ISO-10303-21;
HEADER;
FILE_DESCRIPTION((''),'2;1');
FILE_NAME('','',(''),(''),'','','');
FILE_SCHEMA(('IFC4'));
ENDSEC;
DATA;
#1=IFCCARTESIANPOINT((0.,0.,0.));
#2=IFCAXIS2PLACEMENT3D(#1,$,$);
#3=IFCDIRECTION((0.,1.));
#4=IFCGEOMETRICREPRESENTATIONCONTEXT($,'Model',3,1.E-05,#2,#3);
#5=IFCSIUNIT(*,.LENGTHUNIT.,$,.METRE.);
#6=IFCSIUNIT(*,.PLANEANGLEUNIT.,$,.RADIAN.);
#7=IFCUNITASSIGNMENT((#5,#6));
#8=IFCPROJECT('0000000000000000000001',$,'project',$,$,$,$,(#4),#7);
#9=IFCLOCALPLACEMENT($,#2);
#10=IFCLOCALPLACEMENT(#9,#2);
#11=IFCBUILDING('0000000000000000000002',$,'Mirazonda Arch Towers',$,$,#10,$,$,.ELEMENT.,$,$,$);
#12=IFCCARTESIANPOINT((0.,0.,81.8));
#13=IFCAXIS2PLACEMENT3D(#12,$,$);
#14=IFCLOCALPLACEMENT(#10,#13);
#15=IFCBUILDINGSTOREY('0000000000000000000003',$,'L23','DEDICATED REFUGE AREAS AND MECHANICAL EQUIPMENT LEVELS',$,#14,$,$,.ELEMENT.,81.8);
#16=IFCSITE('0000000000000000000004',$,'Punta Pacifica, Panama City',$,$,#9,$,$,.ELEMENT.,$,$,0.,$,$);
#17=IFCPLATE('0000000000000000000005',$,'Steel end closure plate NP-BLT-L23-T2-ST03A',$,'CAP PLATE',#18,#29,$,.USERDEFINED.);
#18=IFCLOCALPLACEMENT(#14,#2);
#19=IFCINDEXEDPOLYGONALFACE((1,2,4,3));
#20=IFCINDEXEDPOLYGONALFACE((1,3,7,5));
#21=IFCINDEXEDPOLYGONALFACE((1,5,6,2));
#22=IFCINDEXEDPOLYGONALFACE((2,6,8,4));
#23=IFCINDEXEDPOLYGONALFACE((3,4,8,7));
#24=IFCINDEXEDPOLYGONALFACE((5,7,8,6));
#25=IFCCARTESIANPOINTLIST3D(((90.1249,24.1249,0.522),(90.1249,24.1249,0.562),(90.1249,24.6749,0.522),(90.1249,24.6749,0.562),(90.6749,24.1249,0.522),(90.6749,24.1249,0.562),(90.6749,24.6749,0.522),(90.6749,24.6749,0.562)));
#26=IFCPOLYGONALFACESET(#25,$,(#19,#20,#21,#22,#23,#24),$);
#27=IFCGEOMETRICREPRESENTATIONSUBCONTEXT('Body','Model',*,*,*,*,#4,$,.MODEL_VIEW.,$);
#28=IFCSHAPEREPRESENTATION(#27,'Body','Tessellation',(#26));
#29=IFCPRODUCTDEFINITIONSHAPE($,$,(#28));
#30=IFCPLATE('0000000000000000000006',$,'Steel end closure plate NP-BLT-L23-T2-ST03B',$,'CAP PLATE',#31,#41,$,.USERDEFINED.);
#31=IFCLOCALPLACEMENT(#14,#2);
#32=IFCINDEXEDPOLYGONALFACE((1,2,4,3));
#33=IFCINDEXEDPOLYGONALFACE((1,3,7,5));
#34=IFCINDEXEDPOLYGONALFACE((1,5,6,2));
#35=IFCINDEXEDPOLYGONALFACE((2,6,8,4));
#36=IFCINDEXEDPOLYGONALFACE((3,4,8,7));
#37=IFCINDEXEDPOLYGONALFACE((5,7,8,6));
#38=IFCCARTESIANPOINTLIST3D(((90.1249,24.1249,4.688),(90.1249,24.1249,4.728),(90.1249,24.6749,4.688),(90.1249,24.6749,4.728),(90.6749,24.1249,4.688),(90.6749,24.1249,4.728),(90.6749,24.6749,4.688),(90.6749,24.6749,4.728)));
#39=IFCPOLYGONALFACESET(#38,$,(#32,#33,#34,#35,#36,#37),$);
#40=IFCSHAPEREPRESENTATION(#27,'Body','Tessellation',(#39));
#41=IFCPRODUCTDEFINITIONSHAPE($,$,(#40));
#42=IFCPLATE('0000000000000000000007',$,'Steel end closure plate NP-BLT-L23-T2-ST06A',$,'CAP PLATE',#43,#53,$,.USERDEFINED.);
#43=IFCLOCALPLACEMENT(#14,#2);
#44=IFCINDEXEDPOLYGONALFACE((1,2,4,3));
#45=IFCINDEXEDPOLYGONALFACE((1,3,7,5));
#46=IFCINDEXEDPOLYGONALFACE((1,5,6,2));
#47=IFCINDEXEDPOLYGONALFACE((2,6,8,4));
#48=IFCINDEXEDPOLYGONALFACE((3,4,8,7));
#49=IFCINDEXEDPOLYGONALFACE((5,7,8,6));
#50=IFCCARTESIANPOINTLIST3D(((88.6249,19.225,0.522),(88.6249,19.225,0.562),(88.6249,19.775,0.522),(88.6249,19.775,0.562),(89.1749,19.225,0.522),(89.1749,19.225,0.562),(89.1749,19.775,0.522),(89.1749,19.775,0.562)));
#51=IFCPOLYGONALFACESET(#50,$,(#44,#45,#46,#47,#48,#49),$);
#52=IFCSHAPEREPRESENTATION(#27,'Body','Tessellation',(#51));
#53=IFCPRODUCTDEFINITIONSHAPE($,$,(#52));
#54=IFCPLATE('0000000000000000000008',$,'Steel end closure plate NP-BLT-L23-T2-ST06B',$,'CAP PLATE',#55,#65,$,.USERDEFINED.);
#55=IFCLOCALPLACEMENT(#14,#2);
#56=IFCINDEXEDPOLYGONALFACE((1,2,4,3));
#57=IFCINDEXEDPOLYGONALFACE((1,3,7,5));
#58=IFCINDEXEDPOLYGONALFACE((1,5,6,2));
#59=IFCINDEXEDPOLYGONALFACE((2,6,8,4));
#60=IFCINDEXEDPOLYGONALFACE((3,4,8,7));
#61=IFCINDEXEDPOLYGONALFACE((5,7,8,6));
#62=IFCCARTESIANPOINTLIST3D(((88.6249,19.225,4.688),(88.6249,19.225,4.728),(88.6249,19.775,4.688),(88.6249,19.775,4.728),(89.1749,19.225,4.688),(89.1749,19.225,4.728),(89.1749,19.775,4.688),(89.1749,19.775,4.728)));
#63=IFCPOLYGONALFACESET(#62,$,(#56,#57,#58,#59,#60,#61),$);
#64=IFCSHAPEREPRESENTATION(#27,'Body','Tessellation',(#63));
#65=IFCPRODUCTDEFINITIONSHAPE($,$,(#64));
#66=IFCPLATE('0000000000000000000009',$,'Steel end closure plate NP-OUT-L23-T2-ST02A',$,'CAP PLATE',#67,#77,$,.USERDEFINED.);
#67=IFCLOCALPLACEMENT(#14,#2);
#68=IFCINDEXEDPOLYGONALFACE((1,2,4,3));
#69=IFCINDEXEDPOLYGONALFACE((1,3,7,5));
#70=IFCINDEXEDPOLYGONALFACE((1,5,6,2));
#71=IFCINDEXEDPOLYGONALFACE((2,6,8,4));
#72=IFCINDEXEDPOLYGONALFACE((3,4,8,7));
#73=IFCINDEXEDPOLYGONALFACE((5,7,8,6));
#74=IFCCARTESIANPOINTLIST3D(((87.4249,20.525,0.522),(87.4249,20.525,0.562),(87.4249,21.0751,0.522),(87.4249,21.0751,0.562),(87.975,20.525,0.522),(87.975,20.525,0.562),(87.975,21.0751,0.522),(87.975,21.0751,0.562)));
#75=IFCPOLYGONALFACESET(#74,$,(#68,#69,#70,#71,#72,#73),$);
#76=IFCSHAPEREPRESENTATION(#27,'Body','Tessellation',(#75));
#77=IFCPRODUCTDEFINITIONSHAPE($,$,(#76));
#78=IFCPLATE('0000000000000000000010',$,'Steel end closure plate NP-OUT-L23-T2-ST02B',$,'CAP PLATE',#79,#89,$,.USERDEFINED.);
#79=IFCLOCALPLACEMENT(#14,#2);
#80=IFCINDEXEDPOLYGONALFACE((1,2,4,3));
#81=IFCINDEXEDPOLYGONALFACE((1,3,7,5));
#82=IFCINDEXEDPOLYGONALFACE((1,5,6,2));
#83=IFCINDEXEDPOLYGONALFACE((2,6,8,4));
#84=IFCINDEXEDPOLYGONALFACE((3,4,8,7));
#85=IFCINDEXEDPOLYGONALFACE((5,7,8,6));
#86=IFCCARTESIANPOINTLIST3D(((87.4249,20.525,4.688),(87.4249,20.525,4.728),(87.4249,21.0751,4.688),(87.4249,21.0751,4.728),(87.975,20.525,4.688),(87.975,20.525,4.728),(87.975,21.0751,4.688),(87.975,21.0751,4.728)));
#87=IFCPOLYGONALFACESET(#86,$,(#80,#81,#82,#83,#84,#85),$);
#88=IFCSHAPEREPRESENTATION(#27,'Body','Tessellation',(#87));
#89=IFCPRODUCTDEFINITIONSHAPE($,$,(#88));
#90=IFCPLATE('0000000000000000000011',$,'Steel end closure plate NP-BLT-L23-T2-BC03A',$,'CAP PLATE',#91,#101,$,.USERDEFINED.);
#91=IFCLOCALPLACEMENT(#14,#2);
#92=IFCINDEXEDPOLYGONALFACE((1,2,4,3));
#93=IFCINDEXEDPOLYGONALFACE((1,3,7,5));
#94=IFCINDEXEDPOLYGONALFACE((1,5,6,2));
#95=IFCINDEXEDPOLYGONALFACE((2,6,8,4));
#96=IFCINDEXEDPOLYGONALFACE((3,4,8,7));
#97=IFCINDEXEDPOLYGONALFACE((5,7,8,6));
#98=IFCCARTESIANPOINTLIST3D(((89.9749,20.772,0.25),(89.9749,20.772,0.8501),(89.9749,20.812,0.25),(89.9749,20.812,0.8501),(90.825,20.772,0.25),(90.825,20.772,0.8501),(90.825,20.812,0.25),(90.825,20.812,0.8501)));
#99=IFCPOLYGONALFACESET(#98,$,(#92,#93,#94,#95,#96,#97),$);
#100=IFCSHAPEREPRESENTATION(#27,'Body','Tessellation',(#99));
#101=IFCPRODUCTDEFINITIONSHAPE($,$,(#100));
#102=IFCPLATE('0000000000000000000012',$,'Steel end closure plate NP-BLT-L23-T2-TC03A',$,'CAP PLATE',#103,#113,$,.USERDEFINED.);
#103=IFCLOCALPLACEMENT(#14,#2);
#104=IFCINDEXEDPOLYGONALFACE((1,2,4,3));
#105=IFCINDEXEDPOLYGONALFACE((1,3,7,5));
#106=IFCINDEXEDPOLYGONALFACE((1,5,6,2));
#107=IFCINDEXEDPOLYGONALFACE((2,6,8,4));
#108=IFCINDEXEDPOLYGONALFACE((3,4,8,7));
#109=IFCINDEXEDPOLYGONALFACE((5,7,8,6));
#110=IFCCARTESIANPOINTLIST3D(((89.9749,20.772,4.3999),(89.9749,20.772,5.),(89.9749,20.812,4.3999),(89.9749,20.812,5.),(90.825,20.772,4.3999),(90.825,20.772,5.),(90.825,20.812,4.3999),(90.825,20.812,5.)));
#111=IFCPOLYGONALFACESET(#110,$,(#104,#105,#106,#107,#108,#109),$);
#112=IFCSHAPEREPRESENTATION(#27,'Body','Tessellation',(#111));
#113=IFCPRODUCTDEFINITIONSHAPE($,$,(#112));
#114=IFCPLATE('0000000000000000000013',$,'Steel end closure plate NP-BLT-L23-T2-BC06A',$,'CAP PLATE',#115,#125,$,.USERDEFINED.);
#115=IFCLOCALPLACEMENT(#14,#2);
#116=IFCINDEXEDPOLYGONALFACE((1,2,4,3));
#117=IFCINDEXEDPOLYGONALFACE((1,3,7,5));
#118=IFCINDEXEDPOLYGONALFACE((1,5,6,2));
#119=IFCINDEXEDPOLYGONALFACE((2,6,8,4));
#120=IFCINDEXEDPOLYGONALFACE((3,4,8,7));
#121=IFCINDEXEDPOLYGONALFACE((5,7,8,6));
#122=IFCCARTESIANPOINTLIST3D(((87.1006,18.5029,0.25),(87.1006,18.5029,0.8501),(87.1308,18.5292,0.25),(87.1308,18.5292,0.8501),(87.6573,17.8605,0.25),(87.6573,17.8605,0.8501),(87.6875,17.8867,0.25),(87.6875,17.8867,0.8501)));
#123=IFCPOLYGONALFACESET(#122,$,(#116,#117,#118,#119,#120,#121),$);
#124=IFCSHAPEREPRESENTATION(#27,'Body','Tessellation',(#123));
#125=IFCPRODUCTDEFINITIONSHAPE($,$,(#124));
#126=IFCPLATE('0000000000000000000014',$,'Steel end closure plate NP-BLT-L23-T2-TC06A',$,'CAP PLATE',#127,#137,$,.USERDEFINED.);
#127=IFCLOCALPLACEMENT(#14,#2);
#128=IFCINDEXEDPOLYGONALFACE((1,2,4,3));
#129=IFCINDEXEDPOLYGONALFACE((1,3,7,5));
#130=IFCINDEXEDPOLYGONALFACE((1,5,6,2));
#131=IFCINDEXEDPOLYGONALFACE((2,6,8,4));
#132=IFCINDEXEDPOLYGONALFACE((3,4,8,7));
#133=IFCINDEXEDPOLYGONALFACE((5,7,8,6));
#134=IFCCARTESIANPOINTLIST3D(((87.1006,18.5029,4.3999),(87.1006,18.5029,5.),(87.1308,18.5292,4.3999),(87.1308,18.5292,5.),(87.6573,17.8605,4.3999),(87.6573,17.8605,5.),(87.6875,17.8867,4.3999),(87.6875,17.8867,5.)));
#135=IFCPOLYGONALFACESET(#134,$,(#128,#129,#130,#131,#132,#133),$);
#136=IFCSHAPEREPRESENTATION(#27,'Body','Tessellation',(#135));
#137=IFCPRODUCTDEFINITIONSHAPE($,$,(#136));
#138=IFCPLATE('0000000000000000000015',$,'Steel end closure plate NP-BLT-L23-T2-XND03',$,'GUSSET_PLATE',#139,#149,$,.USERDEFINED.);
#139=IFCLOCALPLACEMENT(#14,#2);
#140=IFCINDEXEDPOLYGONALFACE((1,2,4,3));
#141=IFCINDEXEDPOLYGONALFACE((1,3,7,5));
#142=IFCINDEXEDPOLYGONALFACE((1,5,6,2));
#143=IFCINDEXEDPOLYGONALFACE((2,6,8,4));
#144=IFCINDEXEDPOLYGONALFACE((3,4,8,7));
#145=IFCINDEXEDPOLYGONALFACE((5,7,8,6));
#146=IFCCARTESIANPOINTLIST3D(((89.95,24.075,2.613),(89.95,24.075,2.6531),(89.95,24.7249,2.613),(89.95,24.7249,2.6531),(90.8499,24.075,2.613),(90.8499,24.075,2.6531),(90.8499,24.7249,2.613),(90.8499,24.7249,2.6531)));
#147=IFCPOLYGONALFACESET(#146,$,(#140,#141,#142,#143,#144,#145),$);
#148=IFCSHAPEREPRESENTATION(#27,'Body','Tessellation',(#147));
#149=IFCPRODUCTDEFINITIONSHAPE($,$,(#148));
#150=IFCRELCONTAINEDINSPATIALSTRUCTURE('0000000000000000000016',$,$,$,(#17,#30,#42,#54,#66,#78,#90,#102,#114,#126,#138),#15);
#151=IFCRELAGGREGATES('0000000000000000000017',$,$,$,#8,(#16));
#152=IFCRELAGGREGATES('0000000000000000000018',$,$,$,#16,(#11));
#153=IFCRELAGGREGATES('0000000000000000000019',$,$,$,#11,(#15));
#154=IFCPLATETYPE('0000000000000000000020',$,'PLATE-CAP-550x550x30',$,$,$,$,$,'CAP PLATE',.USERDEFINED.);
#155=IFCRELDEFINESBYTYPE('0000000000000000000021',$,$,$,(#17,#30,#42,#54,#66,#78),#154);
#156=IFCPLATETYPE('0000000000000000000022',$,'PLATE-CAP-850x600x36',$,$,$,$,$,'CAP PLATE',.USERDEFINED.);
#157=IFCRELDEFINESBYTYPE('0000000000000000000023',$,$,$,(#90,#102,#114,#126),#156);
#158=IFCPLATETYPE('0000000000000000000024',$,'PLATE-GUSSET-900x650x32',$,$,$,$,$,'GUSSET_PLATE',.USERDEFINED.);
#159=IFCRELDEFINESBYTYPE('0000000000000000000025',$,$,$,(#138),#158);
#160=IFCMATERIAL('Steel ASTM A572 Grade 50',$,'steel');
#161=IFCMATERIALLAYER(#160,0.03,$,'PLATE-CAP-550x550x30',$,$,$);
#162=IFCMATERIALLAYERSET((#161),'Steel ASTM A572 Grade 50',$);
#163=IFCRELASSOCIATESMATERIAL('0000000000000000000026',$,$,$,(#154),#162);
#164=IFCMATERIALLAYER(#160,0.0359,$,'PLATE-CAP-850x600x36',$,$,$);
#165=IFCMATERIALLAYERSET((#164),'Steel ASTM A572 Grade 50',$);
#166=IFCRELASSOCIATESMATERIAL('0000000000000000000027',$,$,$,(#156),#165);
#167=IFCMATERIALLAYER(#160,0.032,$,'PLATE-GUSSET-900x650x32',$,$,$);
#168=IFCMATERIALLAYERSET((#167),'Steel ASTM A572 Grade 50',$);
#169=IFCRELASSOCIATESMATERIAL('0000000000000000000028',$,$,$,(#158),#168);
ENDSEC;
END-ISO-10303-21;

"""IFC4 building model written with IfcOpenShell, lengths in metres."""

from ifc_helpers import new_model, si_unit, direction, frame, origin, origin_2d, place, context, subcontext, project, spatial, rectangle, extrude, material, layer, layer_set, type_object, element, save


model = new_model("IFC4")

# Units and contexts
model_context = context("Model", 3, precision=1e-05, world=origin(), true_north=direction((0.0, 1.0)))
body_context = subcontext(model_context, "Body", "Model", "MODEL_VIEW")
ifc_project = project(units=[si_unit("LENGTHUNIT", "METRE"), si_unit("PLANEANGLEUNIT", "RADIAN")], contexts=[model_context])

# Site, building, storey
site_placement = place(None, origin())
site = spatial("IfcSite", under=ifc_project, at=site_placement, Name="Punta Pacifica, Panama City", CompositionType="ELEMENT", RefElevation=0.0)
building_placement = place(site_placement, origin())
building = spatial("IfcBuilding", under=site, at=building_placement, Name="Mirazonda Arch Towers", CompositionType="ELEMENT")
storey_placement = place(building_placement, frame((0.0, 0.0, 81.8)))
storey = spatial("IfcBuildingStorey", under=building, at=storey_placement, Name="L23", Description="DEDICATED REFUGE AREAS AND MECHANICAL EQUIPMENT LEVELS", CompositionType="ELEMENT", Elevation=81.8)

# Shared definitions
ifc_material_1 = material(Name="Steel ASTM A572 Grade 50", Category="steel")

# Plates
ifc_layer_1 = layer(ifc_material_1, 0.03, Name="PLATE-CAP-550x550x30")
ifc_layer_set_1 = layer_set([ifc_layer_1], Name="Steel ASTM A572 Grade 50")
plate_type_1 = type_object("IfcPlateType", Name="PLATE-CAP-550x550x30", ElementType="CAP PLATE", PredefinedType="USERDEFINED", material=ifc_layer_set_1)
for number, where, z_axis, x_axis, name in (
    (1, (90.3999, 24.3999, 0.522), (0.0, 0.0, 1.0), (1.0, 0.0, 0.0), "Steel end closure plate NP-BLT-L23-T2-ST03A"),
    (2, (90.3999, 24.3999, 4.688), (0.0, 0.0, 1.0), (1.0, 0.0, 0.0), "Steel end closure plate NP-BLT-L23-T2-ST03B"),
    (3, (88.8999, 19.5, 0.522), (0.0, 0.0, 1.0), (1.0, 0.0, 0.0), "Steel end closure plate NP-BLT-L23-T2-ST06A"),
    (4, (88.8999, 19.5, 4.688), (0.0, 0.0, 1.0), (1.0, 0.0, 0.0), "Steel end closure plate NP-BLT-L23-T2-ST06B"),
    (5, (87.7, 20.8, 0.522), (0.0, 0.0, 1.0), (1.0, 0.0, 0.0), "Steel end closure plate NP-OUT-L23-T2-ST02A"),
    (6, (87.7, 20.8, 4.688), (0.0, 0.0, 1.0), (1.0, 0.0, 0.0), "Steel end closure plate NP-OUT-L23-T2-ST02B"),
):
    element("IfcPlate", number, at=place(storey_placement, frame(where, z_axis=z_axis, x_axis=x_axis)), inside=storey, type_object=plate_type_1, Name=name, ObjectType="CAP PLATE", PredefinedType="USERDEFINED", context=body_context, shape_type="SweptSolid", body=[
        extrude(rectangle(XDim=0.55, YDim=0.55, at=origin_2d()), origin(), (0.0, 0.0, 1.0), 0.04),
    ])
ifc_layer_2 = layer(ifc_material_1, 0.0359, Name="PLATE-CAP-850x600x36")
ifc_layer_set_2 = layer_set([ifc_layer_2], Name="Steel ASTM A572 Grade 50")
plate_type_2 = type_object("IfcPlateType", Name="PLATE-CAP-850x600x36", ElementType="CAP PLATE", PredefinedType="USERDEFINED", material=ifc_layer_set_2)
for number, where, z_axis, x_axis, name in (
    (7, (90.3999, 20.792, 0.25), (0.0, 0.0, 1.0), (0.0, -1.0, 0.0), "Steel end closure plate NP-BLT-L23-T2-BC03A"),
    (8, (90.3999, 20.792, 4.3999), (0.0, 0.0, 1.0), (0.0, -1.0, 0.0), "Steel end closure plate NP-BLT-L23-T2-TC03A"),
    (9, (87.394, 18.1948, 0.25), (0.0, 0.0, 1.0), (-0.755739, -0.654873, 0.0), "Steel end closure plate NP-BLT-L23-T2-BC06A"),
    (10, (87.394, 18.1948, 4.3999), (0.0, 0.0, 1.0), (-0.755739, -0.654873, 0.0), "Steel end closure plate NP-BLT-L23-T2-TC06A"),
):
    element("IfcPlate", number, at=place(storey_placement, frame(where, z_axis=z_axis, x_axis=x_axis)), inside=storey, type_object=plate_type_2, Name=name, ObjectType="CAP PLATE", PredefinedType="USERDEFINED", context=body_context, shape_type="SweptSolid", body=[
        extrude(rectangle(XDim=0.04, YDim=0.8501, at=origin_2d()), origin(), (0.0, 0.0, 1.0), 0.6001),
    ])
ifc_layer_3 = layer(ifc_material_1, 0.032, Name="PLATE-GUSSET-900x650x32")
ifc_layer_set_3 = layer_set([ifc_layer_3], Name="Steel ASTM A572 Grade 50")
plate_type_3 = type_object("IfcPlateType", Name="PLATE-GUSSET-900x650x32", ElementType="GUSSET_PLATE", PredefinedType="USERDEFINED", material=ifc_layer_set_3)
plate_placement = place(storey_placement, frame((90.3999, 24.3999, 2.613), z_axis=(0.0, 0.0, 1.0), x_axis=(1.0, 0.0, 0.0)))
element("IfcPlate", 11, at=plate_placement, inside=storey, type_object=plate_type_3, Name="Steel end closure plate NP-BLT-L23-T2-XND03", ObjectType="GUSSET_PLATE", PredefinedType="USERDEFINED", context=body_context, shape_type="SweptSolid", body=[
    extrude(rectangle(XDim=0.8999, YDim=0.6499, at=origin_2d()), origin(), (0.0, 0.0, 1.0), 0.04),
])

save(model, "model.ifc")
